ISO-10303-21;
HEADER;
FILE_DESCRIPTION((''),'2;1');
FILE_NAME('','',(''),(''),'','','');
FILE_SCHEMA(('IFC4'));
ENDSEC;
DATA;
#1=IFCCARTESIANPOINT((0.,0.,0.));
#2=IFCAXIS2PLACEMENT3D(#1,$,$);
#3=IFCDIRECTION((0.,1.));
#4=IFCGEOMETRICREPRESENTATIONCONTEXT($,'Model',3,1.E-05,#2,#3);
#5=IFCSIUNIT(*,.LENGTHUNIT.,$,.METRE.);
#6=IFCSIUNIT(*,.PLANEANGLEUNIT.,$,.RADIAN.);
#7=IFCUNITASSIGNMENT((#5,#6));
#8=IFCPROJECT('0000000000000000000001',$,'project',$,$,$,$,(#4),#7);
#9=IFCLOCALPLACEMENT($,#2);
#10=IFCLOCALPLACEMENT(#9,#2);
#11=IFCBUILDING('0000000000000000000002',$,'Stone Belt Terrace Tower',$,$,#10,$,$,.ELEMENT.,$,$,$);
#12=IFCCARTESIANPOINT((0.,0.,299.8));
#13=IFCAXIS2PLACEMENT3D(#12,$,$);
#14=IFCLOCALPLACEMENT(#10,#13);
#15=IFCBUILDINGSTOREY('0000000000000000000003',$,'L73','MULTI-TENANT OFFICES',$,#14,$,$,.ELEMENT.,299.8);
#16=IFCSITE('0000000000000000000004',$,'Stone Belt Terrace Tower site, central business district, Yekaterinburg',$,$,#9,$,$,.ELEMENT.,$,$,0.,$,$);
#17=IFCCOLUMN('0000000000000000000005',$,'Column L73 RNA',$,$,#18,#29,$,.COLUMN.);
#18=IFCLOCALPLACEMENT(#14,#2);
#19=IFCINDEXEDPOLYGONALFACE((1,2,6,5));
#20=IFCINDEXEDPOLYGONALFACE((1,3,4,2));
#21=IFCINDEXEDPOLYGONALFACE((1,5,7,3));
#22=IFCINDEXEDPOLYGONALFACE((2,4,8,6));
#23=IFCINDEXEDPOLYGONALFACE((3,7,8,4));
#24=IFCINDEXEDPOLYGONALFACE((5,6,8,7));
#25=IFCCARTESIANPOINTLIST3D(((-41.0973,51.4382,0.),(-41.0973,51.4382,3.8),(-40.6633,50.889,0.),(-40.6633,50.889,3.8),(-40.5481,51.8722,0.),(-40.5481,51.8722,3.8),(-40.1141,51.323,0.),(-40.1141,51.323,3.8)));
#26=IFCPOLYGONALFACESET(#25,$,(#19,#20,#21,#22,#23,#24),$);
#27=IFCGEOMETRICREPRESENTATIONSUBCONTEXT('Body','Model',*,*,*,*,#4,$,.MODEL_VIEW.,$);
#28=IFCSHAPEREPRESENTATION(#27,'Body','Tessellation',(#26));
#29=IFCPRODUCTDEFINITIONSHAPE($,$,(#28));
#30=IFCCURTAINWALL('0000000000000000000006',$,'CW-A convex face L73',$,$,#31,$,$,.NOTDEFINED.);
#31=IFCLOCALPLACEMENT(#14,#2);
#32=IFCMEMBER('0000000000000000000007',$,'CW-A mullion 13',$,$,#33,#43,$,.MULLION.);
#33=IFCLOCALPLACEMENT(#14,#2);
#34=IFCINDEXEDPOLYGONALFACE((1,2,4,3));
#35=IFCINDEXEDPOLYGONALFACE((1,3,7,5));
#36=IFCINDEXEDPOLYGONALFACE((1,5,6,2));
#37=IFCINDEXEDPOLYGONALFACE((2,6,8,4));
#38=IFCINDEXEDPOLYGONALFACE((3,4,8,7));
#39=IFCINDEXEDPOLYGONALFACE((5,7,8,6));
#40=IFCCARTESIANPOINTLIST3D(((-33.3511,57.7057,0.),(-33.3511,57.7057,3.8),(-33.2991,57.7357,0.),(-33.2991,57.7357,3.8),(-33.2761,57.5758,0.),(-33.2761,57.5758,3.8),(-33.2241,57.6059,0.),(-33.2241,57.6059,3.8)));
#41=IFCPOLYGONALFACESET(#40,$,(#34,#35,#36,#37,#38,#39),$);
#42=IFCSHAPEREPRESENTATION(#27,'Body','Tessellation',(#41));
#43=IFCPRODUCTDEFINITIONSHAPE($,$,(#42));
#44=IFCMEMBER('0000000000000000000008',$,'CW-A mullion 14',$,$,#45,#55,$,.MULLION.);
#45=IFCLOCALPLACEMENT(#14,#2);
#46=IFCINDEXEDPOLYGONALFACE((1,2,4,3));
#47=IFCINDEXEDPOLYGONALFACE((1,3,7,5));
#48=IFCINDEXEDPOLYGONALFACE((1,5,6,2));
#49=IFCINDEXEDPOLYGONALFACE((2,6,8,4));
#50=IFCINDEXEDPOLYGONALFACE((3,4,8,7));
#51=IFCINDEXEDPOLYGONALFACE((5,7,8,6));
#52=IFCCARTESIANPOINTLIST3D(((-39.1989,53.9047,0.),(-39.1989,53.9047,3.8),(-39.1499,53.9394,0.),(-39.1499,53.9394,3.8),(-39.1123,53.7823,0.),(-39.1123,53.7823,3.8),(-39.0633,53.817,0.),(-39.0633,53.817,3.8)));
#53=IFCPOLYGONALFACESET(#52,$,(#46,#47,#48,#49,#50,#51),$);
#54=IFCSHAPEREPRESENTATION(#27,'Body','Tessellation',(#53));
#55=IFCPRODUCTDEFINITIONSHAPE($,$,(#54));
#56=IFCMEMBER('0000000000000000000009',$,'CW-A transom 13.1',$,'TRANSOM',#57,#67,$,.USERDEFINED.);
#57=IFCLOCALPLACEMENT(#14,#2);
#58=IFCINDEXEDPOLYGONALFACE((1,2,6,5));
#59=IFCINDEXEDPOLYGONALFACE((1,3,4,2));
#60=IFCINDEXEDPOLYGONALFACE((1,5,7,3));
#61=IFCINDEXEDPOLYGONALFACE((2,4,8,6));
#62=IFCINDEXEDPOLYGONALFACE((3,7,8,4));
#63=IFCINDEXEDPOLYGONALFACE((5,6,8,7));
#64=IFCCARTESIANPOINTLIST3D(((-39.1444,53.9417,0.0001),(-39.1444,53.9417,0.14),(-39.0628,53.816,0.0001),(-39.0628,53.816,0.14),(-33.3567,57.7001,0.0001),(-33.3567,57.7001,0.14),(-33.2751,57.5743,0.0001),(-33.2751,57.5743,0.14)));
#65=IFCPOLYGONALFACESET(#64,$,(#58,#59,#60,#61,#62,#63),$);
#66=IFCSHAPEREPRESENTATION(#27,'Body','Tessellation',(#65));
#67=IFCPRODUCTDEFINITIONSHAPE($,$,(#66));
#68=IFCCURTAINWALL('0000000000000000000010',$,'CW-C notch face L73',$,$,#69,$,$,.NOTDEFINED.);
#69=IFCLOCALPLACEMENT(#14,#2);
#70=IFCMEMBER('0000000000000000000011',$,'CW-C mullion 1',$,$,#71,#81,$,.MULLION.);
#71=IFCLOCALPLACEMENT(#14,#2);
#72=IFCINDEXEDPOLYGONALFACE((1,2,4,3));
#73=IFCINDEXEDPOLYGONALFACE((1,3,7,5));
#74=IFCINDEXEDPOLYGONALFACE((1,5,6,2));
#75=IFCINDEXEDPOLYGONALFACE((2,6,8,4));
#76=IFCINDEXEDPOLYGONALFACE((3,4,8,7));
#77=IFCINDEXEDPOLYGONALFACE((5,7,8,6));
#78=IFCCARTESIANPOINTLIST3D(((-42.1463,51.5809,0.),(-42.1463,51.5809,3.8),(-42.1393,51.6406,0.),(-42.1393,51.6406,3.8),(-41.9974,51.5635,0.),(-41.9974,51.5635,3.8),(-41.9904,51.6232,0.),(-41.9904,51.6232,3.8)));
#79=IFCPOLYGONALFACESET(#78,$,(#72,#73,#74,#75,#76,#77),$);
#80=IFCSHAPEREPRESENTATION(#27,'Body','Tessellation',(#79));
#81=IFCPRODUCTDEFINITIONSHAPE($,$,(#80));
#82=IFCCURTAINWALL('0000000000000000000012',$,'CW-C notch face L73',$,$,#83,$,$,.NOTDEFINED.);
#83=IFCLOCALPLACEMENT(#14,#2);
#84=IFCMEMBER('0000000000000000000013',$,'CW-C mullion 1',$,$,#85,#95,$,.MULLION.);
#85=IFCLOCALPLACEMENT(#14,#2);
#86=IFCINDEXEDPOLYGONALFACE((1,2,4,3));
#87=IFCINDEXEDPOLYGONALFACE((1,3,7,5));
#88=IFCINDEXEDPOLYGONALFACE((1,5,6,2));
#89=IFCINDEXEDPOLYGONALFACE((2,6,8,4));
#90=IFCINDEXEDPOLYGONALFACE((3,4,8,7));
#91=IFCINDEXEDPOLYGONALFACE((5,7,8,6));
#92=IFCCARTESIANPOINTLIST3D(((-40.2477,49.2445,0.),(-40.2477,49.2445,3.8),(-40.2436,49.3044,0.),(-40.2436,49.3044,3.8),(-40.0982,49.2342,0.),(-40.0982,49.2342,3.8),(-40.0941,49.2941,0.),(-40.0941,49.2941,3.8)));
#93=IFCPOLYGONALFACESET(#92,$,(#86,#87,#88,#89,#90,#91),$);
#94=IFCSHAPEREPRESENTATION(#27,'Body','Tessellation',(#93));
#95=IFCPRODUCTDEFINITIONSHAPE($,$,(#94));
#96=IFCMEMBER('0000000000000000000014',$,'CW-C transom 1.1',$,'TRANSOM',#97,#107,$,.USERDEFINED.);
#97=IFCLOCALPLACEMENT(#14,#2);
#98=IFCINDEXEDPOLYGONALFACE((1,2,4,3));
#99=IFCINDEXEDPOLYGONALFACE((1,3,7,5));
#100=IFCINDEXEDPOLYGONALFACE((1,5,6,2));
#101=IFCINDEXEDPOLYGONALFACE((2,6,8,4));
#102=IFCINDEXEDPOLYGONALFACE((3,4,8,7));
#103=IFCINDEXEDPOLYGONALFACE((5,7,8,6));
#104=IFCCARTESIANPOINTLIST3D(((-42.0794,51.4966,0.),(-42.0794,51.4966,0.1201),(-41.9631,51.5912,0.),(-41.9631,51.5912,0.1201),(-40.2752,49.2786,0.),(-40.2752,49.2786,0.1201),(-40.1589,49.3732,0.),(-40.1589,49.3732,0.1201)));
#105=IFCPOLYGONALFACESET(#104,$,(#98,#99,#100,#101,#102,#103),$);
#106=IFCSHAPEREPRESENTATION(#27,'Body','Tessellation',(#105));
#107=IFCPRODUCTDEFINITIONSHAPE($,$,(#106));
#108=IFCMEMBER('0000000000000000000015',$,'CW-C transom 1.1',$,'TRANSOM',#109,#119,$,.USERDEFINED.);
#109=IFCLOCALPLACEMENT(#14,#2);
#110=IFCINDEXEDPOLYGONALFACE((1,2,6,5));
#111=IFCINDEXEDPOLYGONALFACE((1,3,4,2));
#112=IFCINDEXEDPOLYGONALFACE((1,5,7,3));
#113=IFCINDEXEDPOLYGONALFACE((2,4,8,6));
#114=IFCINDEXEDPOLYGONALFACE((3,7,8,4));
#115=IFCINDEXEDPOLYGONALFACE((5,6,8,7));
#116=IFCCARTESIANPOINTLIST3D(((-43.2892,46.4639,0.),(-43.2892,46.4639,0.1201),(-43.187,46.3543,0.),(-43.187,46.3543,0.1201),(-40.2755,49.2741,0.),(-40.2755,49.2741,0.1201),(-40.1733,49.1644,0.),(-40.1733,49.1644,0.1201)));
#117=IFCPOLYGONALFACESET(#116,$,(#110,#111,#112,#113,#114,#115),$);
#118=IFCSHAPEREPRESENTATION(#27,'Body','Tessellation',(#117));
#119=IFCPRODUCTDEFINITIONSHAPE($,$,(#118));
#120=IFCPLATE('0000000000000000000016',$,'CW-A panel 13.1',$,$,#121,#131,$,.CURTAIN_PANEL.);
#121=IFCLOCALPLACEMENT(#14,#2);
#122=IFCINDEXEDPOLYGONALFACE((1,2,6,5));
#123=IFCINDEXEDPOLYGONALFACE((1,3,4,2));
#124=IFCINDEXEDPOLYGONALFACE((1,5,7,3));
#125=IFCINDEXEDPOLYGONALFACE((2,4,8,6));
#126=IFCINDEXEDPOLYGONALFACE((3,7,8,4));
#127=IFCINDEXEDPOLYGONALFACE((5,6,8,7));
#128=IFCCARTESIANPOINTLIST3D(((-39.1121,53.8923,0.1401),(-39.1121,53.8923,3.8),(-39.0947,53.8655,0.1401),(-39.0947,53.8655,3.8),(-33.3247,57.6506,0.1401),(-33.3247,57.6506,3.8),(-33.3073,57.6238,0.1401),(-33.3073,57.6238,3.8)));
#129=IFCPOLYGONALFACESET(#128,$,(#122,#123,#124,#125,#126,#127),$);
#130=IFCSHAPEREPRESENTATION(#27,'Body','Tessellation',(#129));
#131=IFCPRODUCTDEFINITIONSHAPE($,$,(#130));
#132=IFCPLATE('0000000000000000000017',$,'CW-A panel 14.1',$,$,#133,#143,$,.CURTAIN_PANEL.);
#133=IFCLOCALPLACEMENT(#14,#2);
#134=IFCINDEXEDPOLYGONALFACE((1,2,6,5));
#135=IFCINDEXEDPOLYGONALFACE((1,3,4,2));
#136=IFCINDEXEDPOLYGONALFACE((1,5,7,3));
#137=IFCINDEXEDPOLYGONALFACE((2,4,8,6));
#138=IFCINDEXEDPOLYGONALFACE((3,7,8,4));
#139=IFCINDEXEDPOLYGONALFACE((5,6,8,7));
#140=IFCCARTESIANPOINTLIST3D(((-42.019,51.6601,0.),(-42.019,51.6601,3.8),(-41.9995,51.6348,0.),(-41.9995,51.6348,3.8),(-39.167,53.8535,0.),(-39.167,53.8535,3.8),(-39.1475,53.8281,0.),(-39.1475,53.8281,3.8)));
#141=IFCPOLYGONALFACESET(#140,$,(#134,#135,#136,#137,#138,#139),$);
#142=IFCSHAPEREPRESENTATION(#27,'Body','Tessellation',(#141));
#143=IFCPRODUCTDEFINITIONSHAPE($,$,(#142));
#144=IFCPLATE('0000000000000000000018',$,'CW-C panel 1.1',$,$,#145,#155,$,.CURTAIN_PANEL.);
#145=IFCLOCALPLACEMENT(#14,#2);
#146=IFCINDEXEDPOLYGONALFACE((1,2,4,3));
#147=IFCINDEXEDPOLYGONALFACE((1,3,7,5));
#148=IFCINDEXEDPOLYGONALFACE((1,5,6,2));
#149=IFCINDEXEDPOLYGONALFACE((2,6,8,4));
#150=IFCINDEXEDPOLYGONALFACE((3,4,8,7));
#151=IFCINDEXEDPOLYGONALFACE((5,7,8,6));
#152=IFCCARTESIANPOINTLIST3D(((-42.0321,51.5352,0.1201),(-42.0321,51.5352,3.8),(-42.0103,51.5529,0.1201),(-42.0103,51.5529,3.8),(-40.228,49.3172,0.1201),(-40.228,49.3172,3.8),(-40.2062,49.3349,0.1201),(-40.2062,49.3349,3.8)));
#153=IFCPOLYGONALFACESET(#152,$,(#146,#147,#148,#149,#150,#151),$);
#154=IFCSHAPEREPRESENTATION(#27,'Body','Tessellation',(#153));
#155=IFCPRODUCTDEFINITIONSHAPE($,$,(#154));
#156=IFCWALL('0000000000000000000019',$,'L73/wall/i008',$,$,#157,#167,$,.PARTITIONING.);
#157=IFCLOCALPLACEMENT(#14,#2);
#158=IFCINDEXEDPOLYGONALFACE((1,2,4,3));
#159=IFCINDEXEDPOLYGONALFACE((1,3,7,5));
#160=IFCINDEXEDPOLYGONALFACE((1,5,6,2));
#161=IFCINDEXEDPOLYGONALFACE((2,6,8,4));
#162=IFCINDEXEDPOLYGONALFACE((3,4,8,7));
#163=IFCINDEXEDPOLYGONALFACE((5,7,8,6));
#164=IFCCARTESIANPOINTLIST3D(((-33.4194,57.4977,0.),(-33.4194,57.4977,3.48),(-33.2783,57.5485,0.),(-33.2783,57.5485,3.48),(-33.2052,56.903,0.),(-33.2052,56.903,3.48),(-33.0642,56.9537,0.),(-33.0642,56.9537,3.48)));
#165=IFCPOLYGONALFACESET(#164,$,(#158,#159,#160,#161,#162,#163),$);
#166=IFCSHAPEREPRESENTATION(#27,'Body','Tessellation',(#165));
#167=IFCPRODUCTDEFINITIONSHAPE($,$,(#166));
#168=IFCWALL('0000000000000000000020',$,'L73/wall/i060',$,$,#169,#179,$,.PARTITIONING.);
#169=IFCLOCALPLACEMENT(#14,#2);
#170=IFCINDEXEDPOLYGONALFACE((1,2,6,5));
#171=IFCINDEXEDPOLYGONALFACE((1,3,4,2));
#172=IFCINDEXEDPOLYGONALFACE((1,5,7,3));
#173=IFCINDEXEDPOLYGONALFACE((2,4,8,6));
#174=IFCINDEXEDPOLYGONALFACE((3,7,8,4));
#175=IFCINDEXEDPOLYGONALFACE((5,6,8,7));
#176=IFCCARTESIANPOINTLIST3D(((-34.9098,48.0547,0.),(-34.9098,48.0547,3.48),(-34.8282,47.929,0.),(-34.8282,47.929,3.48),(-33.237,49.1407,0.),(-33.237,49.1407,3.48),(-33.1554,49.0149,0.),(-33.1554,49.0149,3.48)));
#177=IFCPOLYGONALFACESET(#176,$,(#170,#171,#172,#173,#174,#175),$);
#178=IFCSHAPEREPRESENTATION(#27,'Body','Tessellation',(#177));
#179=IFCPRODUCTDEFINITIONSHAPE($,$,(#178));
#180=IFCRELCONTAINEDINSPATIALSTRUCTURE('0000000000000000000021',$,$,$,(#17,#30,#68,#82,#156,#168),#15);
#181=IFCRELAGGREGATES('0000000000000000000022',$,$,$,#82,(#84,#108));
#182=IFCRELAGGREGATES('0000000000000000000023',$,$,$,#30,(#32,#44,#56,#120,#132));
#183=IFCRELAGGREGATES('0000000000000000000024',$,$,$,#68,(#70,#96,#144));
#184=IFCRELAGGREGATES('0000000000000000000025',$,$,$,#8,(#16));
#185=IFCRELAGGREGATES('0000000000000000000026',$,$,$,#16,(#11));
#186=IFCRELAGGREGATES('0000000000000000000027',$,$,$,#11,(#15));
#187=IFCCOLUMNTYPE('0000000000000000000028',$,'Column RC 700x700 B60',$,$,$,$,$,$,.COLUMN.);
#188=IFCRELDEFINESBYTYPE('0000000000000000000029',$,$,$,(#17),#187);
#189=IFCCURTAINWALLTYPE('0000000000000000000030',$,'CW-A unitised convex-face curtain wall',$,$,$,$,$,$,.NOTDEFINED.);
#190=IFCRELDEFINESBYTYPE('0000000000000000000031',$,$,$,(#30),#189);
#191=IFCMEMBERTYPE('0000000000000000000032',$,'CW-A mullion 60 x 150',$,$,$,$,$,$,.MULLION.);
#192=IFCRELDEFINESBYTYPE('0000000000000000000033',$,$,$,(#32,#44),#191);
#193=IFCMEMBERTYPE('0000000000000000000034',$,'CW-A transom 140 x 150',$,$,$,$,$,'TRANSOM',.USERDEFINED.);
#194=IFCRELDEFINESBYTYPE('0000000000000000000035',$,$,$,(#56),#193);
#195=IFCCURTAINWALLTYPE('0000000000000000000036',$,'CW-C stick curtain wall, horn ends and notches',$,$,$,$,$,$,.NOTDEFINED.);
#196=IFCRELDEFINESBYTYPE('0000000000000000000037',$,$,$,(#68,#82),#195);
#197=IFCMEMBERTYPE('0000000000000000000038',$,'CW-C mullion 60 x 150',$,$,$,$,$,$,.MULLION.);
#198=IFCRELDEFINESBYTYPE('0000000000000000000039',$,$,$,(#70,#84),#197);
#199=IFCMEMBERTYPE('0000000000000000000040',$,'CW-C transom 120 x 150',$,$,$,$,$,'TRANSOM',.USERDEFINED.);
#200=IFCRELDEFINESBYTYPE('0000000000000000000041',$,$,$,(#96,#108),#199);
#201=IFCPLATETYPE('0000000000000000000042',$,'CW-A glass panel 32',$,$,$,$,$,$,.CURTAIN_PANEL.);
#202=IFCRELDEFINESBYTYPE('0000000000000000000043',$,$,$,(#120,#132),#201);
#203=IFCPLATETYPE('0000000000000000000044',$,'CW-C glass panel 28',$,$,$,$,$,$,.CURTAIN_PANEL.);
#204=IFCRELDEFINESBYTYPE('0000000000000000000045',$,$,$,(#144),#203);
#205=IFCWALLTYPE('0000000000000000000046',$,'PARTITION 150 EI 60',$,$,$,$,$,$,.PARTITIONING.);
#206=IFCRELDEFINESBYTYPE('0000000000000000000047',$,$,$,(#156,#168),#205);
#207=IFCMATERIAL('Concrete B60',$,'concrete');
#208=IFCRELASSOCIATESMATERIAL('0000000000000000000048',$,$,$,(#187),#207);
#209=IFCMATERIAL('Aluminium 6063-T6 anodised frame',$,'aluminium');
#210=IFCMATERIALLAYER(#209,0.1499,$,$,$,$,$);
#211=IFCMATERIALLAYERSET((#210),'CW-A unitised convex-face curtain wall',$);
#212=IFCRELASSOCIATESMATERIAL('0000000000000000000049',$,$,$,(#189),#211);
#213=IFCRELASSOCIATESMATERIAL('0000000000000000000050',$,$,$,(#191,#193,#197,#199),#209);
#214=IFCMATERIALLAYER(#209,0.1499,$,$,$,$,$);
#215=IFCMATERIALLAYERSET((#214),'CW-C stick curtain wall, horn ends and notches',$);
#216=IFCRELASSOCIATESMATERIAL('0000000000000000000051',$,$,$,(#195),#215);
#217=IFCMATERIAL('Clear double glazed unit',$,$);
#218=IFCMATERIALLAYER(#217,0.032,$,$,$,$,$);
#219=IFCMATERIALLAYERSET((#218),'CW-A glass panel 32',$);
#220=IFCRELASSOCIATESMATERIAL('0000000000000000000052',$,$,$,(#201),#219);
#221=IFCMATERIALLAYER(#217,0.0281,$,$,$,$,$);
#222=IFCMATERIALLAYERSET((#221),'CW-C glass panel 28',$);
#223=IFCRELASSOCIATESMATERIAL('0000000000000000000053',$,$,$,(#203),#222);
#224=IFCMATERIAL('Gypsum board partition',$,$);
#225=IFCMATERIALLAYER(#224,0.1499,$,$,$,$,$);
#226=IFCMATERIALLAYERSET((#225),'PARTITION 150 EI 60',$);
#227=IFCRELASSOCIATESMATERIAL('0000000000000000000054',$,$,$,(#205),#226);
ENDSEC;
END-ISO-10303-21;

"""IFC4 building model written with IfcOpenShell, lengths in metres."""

from ifc_helpers import new_model, si_unit, direction, frame, frame_2d, origin, origin_2d, place, context, subcontext, project, spatial, rectangle, extrude, material, layer, layer_set, material_profile, profile_set, type_object, element, aggregate, save


model = new_model("IFC4")

# Units and contexts
model_context = context("Model", 3, precision=1e-05, world=origin(), true_north=direction((0.0, 1.0)))
body_context = subcontext(model_context, "Body", "Model", "MODEL_VIEW")
ifc_project = project(units=[si_unit("LENGTHUNIT", "METRE"), si_unit("PLANEANGLEUNIT", "RADIAN")], contexts=[model_context])

# Site, building, storey
site_placement = place(None, origin())
site = spatial("IfcSite", under=ifc_project, at=site_placement, Name="Stone Belt Terrace Tower site, central business district, Yekaterinburg", CompositionType="ELEMENT", RefElevation=0.0)
building_placement = place(site_placement, origin())
building = spatial("IfcBuilding", under=site, at=building_placement, Name="Stone Belt Terrace Tower", CompositionType="ELEMENT")
storey_placement = place(building_placement, frame((0.0, 0.0, 299.8)))
storey = spatial("IfcBuildingStorey", under=building, at=storey_placement, Name="L73", Description="MULTI-TENANT OFFICES", CompositionType="ELEMENT", Elevation=299.8)

# Column
ifc_material_1 = material(Name="Concrete B60", Category="concrete")
ifc_material_profile_1 = material_profile(ifc_material_1, rectangle(XDim=0.7, YDim=0.7, at=origin_2d()), Name="RC 700x700")
ifc_profile_set_1 = profile_set([ifc_material_profile_1], Name="Concrete B60")
column_type = type_object("IfcColumnType", Name="Column RC 700x700 B60", PredefinedType="COLUMN", material=ifc_profile_set_1)
column_placement = place(storey_placement, frame((-40.6057, 51.3806, 0.0), z_axis=(0.0, 0.0, 1.0), x_axis=(0.78457, 0.620041, 0.0)))
element("IfcColumn", 1, at=column_placement, inside=storey, type_object=column_type, Name="Column L73 RNA", PredefinedType="COLUMN", context=body_context, shape_type="SweptSolid", body=[
    extrude(rectangle(XDim=0.7, YDim=0.7, at=origin_2d()), origin(), (0.0, 0.0, 1.0), 3.8),
])

# Curtain wall, members
ifc_material_2 = material(Name="Aluminium 6063-T6 anodised frame", Category="aluminium")
ifc_layer_1 = layer(ifc_material_2, 0.1499)
ifc_layer_set_1 = layer_set([ifc_layer_1], Name="CW-A unitised convex-face curtain wall")
curtain_wall_type_1 = type_object("IfcCurtainWallType", Name="CW-A unitised convex-face curtain wall", PredefinedType="NOTDEFINED", material=ifc_layer_set_1)
curtain_wall_1_placement = place(storey_placement, origin())
curtain_wall_1 = element("IfcCurtainWall", 2, at=curtain_wall_1_placement, inside=storey, type_object=curtain_wall_type_1, Name="CW-A convex face L73", PredefinedType="NOTDEFINED")
ifc_material_profile_2 = material_profile(ifc_material_2, rectangle(XDim=0.1499, YDim=0.0601, at=origin_2d()), Name="Aluminium 6063-T6 60x150")
ifc_profile_set_2 = profile_set([ifc_material_profile_2], Name="Aluminium 6063-T6 anodised frame")
member_type_1 = type_object("IfcMemberType", Name="CW-A mullion 60 x 150", PredefinedType="MULLION", material=ifc_profile_set_2)
member_1_placement = place(storey_placement, frame((-33.2876, 57.6558, 0.0), z_axis=(0.0, 0.0, 1.0), x_axis=(0.5, -0.866025, 0.0)))
member_1 = element("IfcMember", 3, at=member_1_placement, type_object=member_type_1, Name="CW-A mullion 13", PredefinedType="MULLION", context=body_context, shape_type="SweptSolid", body=[
    extrude(rectangle(XDim=0.1499, YDim=0.0601, at=origin_2d()), origin(), (0.0, 0.0, 1.0), 3.8),
])
member_2_placement = place(storey_placement, frame((-39.1311, 53.8608, 0.0), z_axis=(0.0, 0.0, 1.0), x_axis=(0.577587, -0.816329, 0.0)))
member_2 = element("IfcMember", 4, at=member_2_placement, type_object=member_type_1, Name="CW-A mullion 14", PredefinedType="MULLION", context=body_context, shape_type="SweptSolid", body=[
    extrude(rectangle(XDim=0.1499, YDim=0.0601, at=origin_2d()), origin(), (0.0, 0.0, 1.0), 3.8),
])
ifc_material_profile_3 = material_profile(ifc_material_2, rectangle(XDim=0.1499, YDim=0.1399, at=origin_2d()), Name="Aluminium 6063-T6 150x140")
ifc_profile_set_3 = profile_set([ifc_material_profile_3], Name="Aluminium 6063-T6 anodised frame")
member_type_2 = type_object("IfcMemberType", Name="CW-A transom 140 x 150", ElementType="TRANSOM", PredefinedType="USERDEFINED", material=ifc_profile_set_3)
member_3_placement = place(storey_placement, frame((-33.3159, 57.6372, 0.0701), z_axis=(-0.838684, -0.544618, 0.0), x_axis=(0.544618, -0.838684, 0.0)))
member_3 = element("IfcMember", 5, at=member_3_placement, type_object=member_type_2, Name="CW-A transom 13.1", ObjectType="TRANSOM", PredefinedType="USERDEFINED", context=body_context, shape_type="SweptSolid", body=[
    extrude(rectangle(XDim=0.1499, YDim=0.1399, at=origin_2d()), origin(), (0.0, 0.0, 1.0), 6.9009),
])

# Curtain walls, members
ifc_layer_2 = layer(ifc_material_2, 0.1499)
ifc_layer_set_2 = layer_set([ifc_layer_2], Name="CW-C stick curtain wall, horn ends and notches")
curtain_wall_type_2 = type_object("IfcCurtainWallType", Name="CW-C stick curtain wall, horn ends and notches", PredefinedType="NOTDEFINED", material=ifc_layer_set_2)
curtain_wall_2_placement = place(storey_placement, origin())
curtain_wall_2 = element("IfcCurtainWall", 6, at=curtain_wall_2_placement, inside=storey, type_object=curtain_wall_type_2, Name="CW-C notch face L73", PredefinedType="NOTDEFINED")
ifc_material_profile_4 = material_profile(ifc_material_2, rectangle(XDim=0.1499, YDim=0.0601, at=origin_2d()), Name="Aluminium 6063-T6 60x150")
ifc_profile_set_4 = profile_set([ifc_material_profile_4], Name="Aluminium 6063-T6 anodised frame")
member_type_3 = type_object("IfcMemberType", Name="CW-C mullion 60 x 150", PredefinedType="MULLION", material=ifc_profile_set_4)
member_4_placement = place(storey_placement, frame((-42.0684, 51.6021, 0.0), z_axis=(0.0, 0.0, 1.0), x_axis=(0.993258, -0.115925, 0.0)))
member_4 = element("IfcMember", 7, at=member_4_placement, type_object=member_type_3, Name="CW-C mullion 1", PredefinedType="MULLION", context=body_context, shape_type="SweptSolid", body=[
    extrude(rectangle(XDim=0.1499, YDim=0.0601, at=origin_2d()), origin(), (0.0, 0.0, 1.0), 3.8),
])
curtain_wall_3_placement = place(storey_placement, origin())
curtain_wall_3 = element("IfcCurtainWall", 8, at=curtain_wall_3_placement, inside=storey, type_object=curtain_wall_type_2, Name="CW-C notch face L73", PredefinedType="NOTDEFINED")
member_5_placement = place(storey_placement, frame((-40.1709, 49.2693, 0.0), z_axis=(0.0, 0.0, 1.0), x_axis=(0.99764, -0.068666, 0.0)))
member_5 = element("IfcMember", 9, at=member_5_placement, type_object=member_type_3, Name="CW-C mullion 1", PredefinedType="MULLION", context=body_context, shape_type="SweptSolid", body=[
    extrude(rectangle(XDim=0.1499, YDim=0.0601, at=origin_2d()), origin(), (0.0, 0.0, 1.0), 3.8),
])

# Members
ifc_material_profile_5 = material_profile(ifc_material_2, rectangle(XDim=0.1499, YDim=0.1201, at=origin_2d()), Name="Aluminium 6063-T6 150x120")
ifc_profile_set_5 = profile_set([ifc_material_profile_5], Name="Aluminium 6063-T6 anodised frame")
member_type_4 = type_object("IfcMemberType", Name="CW-C transom 120 x 150", ElementType="TRANSOM", PredefinedType="USERDEFINED", material=ifc_profile_set_5)
member_6_placement = place(storey_placement, frame((-42.0212, 51.5439, 0.0601), z_axis=(0.631027, -0.775761, 0.0), x_axis=(0.775761, 0.631027, 0.0)))
member_6 = element("IfcMember", 10, at=member_6_placement, type_object=member_type_4, Name="CW-C transom 1.1", ObjectType="TRANSOM", PredefinedType="USERDEFINED", context=body_context, shape_type="SweptSolid", body=[
    extrude(rectangle(XDim=0.1499, YDim=0.1201, at=origin_2d()), origin(), (0.0, 0.0, 1.0), 2.8591),
])
member_7_placement = place(storey_placement, frame((-40.2244, 49.2192, 0.0601), z_axis=(-0.731382, -0.681968, 0.0), x_axis=(0.681968, -0.731382, 0.0)))
member_7 = element("IfcMember", 11, at=member_7_placement, type_object=member_type_4, Name="CW-C transom 1.1", ObjectType="TRANSOM", PredefinedType="USERDEFINED", context=body_context, shape_type="SweptSolid", body=[
    extrude(rectangle(XDim=0.1499, YDim=0.1201, at=origin_2d()), origin(), (0.0, 0.0, 1.0), 4.1206),
])
aggregate(curtain_wall_3, [member_5, member_7])

# Plates
ifc_material_3 = material(Name="Clear double glazed unit")
ifc_layer_3 = layer(ifc_material_3, 0.032)
ifc_layer_set_3 = layer_set([ifc_layer_3], Name="CW-A glass panel 32")
plate_type_1 = type_object("IfcPlateType", Name="CW-A glass panel 32", PredefinedType="CURTAIN_PANEL", material=ifc_layer_set_3)
plate_1_placement = place(storey_placement, frame((-36.2097, 55.7581, 0.1401), z_axis=(0.0, 0.0, 1.0), x_axis=(-0.838671, -0.544639, 0.0)))
plate_1 = element("IfcPlate", 12, at=plate_1_placement, type_object=plate_type_1, Name="CW-A panel 13.1", PredefinedType="CURTAIN_PANEL", context=body_context, shape_type="SweptSolid", body=[
    extrude(rectangle(XDim=6.9006, YDim=0.032, at=origin_2d()), origin(), (0.0, 0.0, 1.0), 3.6599),
])
plate_2_placement = place(storey_placement, frame((-40.5833, 52.7441, 0.0), z_axis=(0.0, 0.0, 1.0), x_axis=(-0.792694, -0.60962, 0.0)))
plate_2 = element("IfcPlate", 13, at=plate_2_placement, type_object=plate_type_1, Name="CW-A panel 14.1", PredefinedType="CURTAIN_PANEL", context=body_context, shape_type="SweptSolid", body=[
    extrude(rectangle(XDim=3.5979, YDim=0.032, at=origin_2d()), origin(), (0.0, 0.0, 1.0), 3.8),
])
aggregate(curtain_wall_1, [member_1, member_2, member_3, plate_1, plate_2])
ifc_layer_4 = layer(ifc_material_3, 0.0281)
ifc_layer_set_4 = layer_set([ifc_layer_4], Name="CW-C glass panel 28")
plate_type_2 = type_object("IfcPlateType", Name="CW-C glass panel 28", PredefinedType="CURTAIN_PANEL", material=ifc_layer_set_4)
plate_3_placement = place(storey_placement, frame((-41.1191, 50.4351, 0.1201), z_axis=(0.0, 0.0, 1.0), x_axis=(0.631001, -0.775782, 0.0)))
plate_3 = element("IfcPlate", 14, at=plate_3_placement, type_object=plate_type_2, Name="CW-C panel 1.1", PredefinedType="CURTAIN_PANEL", context=body_context, shape_type="SweptSolid", body=[
    extrude(rectangle(XDim=2.8591, YDim=0.0281, at=origin_2d()), origin(), (0.0, 0.0, 1.0), 3.6799),
])
aggregate(curtain_wall_2, [member_4, member_6, plate_3])

# Walls
ifc_material_4 = material(Name="Gypsum board partition")
ifc_layer_5 = layer(ifc_material_4, 0.1499)
ifc_layer_set_5 = layer_set([ifc_layer_5], Name="PARTITION 150 EI 60")
wall_type = type_object("IfcWallType", Name="PARTITION 150 EI 60", PredefinedType="PARTITIONING", material=ifc_layer_set_5)
wall_1_placement = place(storey_placement, frame((-33.1348, 56.9285, 0.0), z_axis=(0.0, 0.0, 1.0), x_axis=(-0.338733, 0.940882, 0.0)))
element("IfcWall", 15, at=wall_1_placement, inside=storey, type_object=wall_type, Name="L73/wall/i008", PredefinedType="PARTITIONING", context=body_context, shape_type="SweptSolid", body=[
    extrude(rectangle(XDim=0.6321, YDim=0.1499, at=frame_2d((0.3159, 0.0))), origin(), (0.0, 0.0, 1.0), 3.48),
])
wall_2_placement = place(storey_placement, frame((-34.8689, 47.9919, 0.0), z_axis=(0.0, 0.0, 1.0), x_axis=(0.838768, 0.544489, 0.0)))
element("IfcWall", 16, at=wall_2_placement, inside=storey, type_object=wall_type, Name="L73/wall/i060", PredefinedType="PARTITIONING", context=body_context, shape_type="SweptSolid", body=[
    extrude(rectangle(XDim=1.9944, YDim=0.1499, at=frame_2d((0.9971, 0.0))), origin(), (0.0, 0.0, 1.0), 3.48),
])

save(model, "model.ifc")
